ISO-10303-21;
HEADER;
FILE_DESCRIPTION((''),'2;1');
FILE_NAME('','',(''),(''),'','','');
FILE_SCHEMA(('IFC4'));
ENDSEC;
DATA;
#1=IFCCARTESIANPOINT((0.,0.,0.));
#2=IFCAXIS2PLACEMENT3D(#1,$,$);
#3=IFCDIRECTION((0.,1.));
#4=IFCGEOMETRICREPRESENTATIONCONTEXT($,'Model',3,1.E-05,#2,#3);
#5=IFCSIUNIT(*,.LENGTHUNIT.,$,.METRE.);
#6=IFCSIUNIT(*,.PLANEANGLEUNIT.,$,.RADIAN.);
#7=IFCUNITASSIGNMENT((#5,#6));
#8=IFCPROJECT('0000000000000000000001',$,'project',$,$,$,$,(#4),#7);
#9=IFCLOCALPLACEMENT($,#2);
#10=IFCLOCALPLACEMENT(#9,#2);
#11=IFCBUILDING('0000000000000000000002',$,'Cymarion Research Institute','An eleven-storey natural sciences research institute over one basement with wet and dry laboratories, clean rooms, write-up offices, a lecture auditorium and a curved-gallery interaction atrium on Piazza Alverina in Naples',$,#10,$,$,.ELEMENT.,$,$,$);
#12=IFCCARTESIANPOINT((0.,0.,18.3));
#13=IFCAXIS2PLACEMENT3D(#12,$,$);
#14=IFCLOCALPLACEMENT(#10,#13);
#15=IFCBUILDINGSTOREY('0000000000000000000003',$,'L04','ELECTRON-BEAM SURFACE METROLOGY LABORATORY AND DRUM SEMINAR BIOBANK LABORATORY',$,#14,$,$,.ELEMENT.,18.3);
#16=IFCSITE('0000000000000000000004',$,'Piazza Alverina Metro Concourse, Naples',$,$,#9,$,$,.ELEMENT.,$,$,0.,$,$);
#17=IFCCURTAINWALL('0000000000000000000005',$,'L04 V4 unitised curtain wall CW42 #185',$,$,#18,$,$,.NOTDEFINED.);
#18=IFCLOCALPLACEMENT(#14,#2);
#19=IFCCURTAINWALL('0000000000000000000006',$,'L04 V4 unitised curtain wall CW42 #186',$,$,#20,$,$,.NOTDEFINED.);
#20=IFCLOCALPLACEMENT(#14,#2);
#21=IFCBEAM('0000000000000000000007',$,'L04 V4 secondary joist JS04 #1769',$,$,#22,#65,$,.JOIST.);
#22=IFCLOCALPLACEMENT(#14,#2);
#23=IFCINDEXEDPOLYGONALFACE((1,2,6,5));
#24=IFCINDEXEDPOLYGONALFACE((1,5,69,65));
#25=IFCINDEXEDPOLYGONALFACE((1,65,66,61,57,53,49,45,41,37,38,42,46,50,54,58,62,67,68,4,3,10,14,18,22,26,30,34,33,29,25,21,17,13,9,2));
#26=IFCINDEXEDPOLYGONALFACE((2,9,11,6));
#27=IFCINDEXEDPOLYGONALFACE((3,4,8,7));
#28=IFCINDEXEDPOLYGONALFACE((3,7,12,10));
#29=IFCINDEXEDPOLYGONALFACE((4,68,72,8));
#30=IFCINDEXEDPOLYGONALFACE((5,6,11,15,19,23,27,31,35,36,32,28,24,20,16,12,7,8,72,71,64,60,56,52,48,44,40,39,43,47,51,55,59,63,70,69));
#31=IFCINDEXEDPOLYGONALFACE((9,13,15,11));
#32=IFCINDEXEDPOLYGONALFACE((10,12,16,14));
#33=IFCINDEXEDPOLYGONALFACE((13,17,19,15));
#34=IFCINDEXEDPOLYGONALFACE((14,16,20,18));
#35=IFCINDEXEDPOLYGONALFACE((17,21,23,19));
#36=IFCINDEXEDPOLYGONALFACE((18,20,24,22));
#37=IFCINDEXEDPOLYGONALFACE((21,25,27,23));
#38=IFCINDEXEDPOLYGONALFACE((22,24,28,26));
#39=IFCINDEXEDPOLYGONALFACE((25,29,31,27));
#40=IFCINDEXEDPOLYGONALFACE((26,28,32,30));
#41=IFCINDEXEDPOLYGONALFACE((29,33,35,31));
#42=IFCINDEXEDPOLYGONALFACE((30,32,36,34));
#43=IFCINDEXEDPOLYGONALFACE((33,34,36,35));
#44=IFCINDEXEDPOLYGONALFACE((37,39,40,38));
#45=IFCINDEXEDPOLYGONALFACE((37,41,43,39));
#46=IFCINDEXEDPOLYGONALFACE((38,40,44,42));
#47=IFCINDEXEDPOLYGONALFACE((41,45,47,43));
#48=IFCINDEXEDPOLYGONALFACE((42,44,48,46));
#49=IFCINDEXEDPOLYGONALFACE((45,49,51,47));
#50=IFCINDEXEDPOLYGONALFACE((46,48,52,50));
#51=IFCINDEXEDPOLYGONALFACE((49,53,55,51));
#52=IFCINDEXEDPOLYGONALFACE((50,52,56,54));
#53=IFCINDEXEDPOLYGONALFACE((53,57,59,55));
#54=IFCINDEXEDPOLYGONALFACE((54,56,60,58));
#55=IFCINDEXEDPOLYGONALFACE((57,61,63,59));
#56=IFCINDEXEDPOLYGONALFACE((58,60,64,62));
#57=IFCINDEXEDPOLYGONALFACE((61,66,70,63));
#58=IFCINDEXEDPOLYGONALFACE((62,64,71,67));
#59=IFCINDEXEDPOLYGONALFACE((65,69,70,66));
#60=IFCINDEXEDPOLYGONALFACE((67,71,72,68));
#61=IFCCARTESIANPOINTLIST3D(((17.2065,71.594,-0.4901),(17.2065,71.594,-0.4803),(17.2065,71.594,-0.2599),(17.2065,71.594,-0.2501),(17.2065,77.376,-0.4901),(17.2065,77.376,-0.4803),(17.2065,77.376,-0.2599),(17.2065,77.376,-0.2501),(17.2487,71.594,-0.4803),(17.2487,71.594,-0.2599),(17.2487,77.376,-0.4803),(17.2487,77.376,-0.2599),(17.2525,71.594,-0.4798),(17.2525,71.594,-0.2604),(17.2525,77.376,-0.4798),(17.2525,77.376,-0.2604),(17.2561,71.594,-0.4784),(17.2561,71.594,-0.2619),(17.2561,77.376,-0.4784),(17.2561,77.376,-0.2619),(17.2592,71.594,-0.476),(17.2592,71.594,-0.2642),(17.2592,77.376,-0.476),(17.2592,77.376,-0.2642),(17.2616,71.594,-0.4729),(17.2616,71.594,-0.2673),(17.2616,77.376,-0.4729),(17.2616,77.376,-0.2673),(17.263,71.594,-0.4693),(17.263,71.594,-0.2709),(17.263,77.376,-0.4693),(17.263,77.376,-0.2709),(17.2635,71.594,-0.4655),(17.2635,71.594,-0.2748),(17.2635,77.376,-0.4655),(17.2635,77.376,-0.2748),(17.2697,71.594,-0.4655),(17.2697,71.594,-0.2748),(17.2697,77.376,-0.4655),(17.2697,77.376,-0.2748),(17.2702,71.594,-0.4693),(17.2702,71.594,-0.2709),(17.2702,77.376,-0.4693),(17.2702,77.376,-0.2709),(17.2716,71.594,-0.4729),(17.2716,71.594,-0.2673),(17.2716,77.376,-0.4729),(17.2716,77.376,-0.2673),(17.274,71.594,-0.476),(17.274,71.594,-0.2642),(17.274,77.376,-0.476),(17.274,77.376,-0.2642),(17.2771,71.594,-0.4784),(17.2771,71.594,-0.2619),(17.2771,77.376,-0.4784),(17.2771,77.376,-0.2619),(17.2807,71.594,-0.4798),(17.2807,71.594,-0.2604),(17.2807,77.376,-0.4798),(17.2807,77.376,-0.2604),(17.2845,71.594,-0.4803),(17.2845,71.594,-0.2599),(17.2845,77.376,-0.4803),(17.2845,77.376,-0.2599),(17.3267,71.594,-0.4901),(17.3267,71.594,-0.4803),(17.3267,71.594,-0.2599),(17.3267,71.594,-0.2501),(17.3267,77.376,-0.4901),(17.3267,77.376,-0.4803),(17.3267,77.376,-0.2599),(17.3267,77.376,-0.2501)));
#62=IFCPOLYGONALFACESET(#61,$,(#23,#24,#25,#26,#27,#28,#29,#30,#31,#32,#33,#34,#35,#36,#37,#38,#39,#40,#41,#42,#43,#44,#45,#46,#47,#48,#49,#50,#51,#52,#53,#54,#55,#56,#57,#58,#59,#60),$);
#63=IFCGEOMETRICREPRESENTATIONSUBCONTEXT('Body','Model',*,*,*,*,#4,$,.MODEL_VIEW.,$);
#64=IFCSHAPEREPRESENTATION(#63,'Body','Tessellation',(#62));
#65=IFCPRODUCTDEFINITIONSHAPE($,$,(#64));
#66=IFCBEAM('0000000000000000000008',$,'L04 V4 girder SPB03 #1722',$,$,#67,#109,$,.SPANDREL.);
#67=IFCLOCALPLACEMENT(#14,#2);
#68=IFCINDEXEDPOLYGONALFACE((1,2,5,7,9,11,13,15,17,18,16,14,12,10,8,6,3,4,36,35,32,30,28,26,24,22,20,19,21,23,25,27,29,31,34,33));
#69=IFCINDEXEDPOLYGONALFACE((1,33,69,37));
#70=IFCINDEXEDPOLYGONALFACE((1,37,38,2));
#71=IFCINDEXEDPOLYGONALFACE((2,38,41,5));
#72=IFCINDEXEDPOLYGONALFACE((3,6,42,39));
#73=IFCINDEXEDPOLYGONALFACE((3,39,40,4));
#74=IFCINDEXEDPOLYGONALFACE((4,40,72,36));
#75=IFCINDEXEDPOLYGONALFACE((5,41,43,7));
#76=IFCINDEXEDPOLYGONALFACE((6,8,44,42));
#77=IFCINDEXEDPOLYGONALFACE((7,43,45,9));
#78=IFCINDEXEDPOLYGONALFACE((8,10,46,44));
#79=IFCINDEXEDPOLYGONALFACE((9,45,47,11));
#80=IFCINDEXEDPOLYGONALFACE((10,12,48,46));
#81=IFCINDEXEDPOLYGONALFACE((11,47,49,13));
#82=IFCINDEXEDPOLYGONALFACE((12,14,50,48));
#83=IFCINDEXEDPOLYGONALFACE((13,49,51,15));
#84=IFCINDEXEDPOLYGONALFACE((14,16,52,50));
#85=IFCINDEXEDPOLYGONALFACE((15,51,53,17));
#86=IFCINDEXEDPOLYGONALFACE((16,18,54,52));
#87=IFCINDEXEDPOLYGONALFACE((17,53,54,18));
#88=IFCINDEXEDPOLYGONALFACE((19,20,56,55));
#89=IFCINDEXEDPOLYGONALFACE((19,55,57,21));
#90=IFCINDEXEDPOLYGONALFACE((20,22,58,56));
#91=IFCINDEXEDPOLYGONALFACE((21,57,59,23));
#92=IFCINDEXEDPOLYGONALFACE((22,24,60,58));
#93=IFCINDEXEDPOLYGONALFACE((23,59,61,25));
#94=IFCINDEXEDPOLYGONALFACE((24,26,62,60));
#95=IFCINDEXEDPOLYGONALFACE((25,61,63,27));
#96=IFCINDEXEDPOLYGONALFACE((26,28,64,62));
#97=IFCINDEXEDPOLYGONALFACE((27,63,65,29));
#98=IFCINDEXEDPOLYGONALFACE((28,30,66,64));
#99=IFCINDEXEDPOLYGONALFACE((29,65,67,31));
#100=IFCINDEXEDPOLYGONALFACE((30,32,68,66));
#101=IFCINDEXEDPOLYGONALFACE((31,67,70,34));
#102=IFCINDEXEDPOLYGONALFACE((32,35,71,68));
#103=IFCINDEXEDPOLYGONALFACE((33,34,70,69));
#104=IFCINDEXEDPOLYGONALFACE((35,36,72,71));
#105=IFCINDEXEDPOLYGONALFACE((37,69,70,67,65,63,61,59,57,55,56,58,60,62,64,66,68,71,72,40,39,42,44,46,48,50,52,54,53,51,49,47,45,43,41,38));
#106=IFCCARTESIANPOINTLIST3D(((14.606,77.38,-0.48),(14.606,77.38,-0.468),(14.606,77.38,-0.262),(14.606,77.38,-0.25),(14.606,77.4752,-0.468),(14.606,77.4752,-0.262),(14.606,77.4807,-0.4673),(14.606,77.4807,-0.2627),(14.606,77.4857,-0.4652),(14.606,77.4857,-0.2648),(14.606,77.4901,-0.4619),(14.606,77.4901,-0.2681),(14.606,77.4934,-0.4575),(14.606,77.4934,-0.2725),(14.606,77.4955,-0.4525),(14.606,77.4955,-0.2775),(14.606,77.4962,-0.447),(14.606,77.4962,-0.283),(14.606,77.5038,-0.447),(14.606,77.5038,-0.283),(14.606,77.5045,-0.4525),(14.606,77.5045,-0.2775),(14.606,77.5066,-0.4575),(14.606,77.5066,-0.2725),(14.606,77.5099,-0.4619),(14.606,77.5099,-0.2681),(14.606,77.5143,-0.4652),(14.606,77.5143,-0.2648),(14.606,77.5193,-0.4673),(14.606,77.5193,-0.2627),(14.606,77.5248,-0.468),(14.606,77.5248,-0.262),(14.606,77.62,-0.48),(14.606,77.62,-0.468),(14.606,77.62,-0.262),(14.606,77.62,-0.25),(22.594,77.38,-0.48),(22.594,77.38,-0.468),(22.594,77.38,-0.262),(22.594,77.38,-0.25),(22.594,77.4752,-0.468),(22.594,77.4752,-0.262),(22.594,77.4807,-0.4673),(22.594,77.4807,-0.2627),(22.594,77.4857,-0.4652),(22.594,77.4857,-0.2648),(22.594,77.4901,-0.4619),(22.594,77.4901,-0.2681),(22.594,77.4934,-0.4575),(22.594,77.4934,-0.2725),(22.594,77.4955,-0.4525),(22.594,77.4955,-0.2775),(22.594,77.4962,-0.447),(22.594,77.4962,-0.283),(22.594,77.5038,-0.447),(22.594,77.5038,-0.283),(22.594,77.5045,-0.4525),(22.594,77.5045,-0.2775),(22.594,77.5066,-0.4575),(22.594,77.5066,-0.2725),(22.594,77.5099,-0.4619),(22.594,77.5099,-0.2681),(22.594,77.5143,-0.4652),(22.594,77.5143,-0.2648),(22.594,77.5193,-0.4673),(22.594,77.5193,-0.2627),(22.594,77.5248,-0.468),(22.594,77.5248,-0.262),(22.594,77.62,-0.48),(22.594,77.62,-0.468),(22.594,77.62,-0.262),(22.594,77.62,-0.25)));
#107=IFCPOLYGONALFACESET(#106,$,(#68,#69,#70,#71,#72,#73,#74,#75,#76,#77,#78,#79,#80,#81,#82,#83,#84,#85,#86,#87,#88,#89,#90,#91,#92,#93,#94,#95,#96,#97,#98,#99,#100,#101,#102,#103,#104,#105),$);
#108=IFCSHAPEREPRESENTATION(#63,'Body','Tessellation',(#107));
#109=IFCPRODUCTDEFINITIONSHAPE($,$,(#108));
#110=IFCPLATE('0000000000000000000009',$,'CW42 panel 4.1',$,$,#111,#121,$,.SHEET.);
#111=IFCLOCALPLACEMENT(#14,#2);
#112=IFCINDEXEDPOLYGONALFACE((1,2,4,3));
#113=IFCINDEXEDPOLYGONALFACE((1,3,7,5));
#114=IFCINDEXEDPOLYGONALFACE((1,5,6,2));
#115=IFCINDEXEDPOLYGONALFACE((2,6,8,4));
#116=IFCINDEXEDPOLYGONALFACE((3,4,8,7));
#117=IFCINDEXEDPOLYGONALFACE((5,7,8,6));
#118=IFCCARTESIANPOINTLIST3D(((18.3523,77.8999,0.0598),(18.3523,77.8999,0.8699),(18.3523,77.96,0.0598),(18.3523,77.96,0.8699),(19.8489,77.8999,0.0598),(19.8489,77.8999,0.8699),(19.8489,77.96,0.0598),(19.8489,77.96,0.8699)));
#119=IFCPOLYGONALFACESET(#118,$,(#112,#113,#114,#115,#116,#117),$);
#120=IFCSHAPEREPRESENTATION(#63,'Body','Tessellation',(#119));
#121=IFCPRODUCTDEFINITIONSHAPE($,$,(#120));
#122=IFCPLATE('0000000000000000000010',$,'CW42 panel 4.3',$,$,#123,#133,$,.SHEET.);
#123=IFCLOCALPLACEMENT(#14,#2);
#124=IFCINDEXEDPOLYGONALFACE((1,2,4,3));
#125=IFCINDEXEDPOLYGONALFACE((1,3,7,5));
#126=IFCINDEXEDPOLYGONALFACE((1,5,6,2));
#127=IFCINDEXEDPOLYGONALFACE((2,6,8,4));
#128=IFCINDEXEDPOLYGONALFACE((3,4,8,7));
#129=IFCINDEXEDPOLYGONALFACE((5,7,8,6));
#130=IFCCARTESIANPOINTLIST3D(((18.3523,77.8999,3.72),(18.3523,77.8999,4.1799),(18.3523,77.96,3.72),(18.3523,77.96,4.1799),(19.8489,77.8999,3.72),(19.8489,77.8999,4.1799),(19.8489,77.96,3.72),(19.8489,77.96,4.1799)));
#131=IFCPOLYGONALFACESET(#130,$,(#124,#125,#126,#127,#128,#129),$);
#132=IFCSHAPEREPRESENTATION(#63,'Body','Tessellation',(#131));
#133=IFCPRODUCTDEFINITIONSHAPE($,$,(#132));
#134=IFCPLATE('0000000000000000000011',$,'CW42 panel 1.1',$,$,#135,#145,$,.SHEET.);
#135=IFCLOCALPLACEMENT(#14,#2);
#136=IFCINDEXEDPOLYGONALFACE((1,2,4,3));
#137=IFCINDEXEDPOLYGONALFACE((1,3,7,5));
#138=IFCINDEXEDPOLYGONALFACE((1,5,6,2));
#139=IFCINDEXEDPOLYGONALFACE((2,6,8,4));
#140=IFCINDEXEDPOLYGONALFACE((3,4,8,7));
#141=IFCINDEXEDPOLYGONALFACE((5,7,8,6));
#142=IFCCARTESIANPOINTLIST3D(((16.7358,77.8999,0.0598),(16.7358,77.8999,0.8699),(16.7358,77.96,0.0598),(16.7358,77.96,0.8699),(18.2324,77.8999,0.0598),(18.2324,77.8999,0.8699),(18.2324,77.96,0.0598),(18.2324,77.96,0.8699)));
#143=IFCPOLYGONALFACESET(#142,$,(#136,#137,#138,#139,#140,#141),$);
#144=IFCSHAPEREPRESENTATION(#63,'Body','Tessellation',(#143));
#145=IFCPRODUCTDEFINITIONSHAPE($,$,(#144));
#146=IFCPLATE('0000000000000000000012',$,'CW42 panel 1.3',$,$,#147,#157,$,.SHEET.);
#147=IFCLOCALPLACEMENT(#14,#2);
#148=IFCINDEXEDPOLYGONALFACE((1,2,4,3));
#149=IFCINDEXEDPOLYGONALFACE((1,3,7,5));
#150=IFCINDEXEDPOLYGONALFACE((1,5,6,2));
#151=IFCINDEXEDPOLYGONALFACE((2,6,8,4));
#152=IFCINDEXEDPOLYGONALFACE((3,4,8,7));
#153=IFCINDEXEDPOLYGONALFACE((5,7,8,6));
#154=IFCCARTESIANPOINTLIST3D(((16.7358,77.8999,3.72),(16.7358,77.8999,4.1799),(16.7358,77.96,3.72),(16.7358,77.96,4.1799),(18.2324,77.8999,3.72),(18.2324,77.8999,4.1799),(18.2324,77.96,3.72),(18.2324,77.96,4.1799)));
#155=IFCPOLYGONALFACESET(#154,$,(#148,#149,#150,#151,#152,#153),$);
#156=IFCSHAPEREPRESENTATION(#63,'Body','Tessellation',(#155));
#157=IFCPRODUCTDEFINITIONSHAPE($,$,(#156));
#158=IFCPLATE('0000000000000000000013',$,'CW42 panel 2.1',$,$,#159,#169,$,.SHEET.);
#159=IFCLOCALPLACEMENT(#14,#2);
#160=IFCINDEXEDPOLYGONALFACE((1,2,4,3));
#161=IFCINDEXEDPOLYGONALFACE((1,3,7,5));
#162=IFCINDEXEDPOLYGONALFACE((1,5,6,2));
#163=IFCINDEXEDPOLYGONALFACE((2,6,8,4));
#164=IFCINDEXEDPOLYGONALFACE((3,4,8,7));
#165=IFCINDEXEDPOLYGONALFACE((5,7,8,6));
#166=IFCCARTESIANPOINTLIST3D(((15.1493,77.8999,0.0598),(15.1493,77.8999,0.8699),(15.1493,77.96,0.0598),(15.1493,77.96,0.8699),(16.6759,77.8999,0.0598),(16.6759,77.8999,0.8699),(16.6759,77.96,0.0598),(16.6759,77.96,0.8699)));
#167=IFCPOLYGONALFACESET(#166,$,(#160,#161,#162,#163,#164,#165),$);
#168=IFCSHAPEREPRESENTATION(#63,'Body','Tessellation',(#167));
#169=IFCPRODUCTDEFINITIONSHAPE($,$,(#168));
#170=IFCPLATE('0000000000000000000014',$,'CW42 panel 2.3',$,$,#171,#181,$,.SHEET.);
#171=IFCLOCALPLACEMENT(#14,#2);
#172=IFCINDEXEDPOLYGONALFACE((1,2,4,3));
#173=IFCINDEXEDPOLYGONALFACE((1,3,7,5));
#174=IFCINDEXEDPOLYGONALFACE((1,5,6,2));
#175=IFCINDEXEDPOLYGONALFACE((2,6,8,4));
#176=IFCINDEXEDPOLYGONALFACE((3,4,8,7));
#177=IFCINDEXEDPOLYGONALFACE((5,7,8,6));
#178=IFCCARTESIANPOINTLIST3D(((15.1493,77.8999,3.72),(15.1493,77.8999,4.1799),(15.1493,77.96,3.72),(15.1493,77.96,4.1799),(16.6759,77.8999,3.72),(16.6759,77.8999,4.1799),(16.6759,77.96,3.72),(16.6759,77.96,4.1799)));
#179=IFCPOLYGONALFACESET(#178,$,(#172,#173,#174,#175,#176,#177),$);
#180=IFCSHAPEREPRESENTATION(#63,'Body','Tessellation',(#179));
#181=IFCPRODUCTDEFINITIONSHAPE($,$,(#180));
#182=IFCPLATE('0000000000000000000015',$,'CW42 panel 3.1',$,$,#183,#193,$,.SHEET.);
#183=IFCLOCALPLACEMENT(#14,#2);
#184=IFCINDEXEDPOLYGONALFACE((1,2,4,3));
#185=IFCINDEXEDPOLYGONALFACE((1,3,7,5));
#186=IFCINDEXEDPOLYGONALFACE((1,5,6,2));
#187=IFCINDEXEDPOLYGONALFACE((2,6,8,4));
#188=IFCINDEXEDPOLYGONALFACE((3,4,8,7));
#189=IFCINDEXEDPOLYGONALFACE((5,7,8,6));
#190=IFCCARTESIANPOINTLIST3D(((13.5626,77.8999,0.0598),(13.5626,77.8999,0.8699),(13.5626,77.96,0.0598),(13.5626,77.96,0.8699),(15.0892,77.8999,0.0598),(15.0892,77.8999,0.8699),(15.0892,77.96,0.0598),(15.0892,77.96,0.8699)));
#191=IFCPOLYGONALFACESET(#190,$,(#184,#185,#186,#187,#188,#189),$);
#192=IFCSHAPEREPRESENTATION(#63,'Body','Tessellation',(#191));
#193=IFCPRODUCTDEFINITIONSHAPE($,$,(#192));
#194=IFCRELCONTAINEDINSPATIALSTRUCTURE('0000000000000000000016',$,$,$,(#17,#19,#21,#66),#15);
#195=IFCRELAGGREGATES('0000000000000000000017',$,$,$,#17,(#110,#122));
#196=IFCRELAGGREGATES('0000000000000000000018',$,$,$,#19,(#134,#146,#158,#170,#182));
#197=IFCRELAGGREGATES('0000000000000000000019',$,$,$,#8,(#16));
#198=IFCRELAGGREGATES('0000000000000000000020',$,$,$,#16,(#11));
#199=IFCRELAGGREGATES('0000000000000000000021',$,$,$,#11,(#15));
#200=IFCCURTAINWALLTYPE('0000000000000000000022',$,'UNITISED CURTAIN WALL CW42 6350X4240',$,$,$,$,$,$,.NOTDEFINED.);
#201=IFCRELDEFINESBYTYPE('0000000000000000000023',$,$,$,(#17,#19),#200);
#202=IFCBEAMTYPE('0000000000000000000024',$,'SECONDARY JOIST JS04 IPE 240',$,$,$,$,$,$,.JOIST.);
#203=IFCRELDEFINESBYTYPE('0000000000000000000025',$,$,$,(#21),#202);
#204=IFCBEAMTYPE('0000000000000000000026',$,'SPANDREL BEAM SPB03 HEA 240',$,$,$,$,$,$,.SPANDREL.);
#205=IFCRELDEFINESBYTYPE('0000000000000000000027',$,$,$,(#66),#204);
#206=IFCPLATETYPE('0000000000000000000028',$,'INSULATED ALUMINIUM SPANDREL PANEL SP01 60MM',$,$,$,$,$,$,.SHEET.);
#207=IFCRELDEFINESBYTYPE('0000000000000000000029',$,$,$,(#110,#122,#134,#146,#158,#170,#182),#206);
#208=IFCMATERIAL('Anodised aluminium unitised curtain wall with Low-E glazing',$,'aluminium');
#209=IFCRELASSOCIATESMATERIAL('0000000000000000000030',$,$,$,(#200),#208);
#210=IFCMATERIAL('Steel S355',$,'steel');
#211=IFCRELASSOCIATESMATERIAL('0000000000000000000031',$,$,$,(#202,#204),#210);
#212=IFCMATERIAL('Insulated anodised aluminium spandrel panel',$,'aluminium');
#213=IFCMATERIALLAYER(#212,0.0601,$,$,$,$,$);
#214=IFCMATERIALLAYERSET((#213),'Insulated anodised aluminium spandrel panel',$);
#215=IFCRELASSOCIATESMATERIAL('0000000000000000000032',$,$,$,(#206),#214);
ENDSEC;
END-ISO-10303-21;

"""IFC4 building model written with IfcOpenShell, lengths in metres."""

from ifc_helpers import new_model, si_unit, direction, frame, origin, origin_2d, place, context, subcontext, project, spatial, rectangle, i_section, extrude, material, layer, layer_set, material_profile, profile_set, type_object, element, aggregate, save


model = new_model("IFC4")

# Units and contexts
model_context = context("Model", 3, precision=1e-05, world=origin(), true_north=direction((0.0, 1.0)))
body_context = subcontext(model_context, "Body", "Model", "MODEL_VIEW")
ifc_project = project(units=[si_unit("LENGTHUNIT", "METRE"), si_unit("PLANEANGLEUNIT", "RADIAN")], contexts=[model_context])

# Site, building, storey
site_placement = place(None, origin())
site = spatial("IfcSite", under=ifc_project, at=site_placement, Name="Piazza Alverina Metro Concourse, Naples", CompositionType="ELEMENT", RefElevation=0.0)
building_placement = place(site_placement, origin())
building = spatial("IfcBuilding", under=site, at=building_placement, Name="Cymarion Research Institute", Description="An eleven-storey natural sciences research institute over one basement with wet and dry laboratories, clean rooms, write-up offices, a lecture auditorium and a curved-gallery interaction atrium on Piazza Alverina in Naples", CompositionType="ELEMENT")
storey_placement = place(building_placement, frame((0.0, 0.0, 18.3)))
storey = spatial("IfcBuildingStorey", under=building, at=storey_placement, Name="L04", Description="ELECTRON-BEAM SURFACE METROLOGY LABORATORY AND DRUM SEMINAR BIOBANK LABORATORY", CompositionType="ELEMENT", Elevation=18.3)

# Curtain wall
ifc_material_1 = material(Name="Anodised aluminium unitised curtain wall with Low-E glazing", Category="aluminium")
curtain_wall_type = type_object("IfcCurtainWallType", Name="UNITISED CURTAIN WALL CW42 6350X4240", PredefinedType="NOTDEFINED", material=ifc_material_1)
curtain_wall_1_placement = place(storey_placement, origin())
curtain_wall_1 = element("IfcCurtainWall", 1, at=curtain_wall_1_placement, inside=storey, type_object=curtain_wall_type, Name="L04 V4 unitised curtain wall CW42 #185", PredefinedType="NOTDEFINED")

# Curtain wall
curtain_wall_2_placement = place(storey_placement, origin())
curtain_wall_2 = element("IfcCurtainWall", 2, at=curtain_wall_2_placement, inside=storey, type_object=curtain_wall_type, Name="L04 V4 unitised curtain wall CW42 #186", PredefinedType="NOTDEFINED")

# Beams
ifc_material_2 = material(Name="Steel S355", Category="steel")
ifc_material_profile_1 = material_profile(ifc_material_2, i_section(OverallWidth=0.1201, OverallDepth=0.24, WebThickness=0.0061, FlangeThickness=0.0098, FilletRadius=0.0149, at=origin_2d()), Name="IPE 240")
ifc_profile_set_1 = profile_set([ifc_material_profile_1], Name="Steel S355")
beam_type_1 = type_object("IfcBeamType", Name="SECONDARY JOIST JS04 IPE 240", PredefinedType="JOIST", material=ifc_profile_set_1)
beam_1_placement = place(storey_placement, frame((17.2666, 71.594, -0.3701), z_axis=(0.0, 1.0, 0.0), x_axis=(-1.0, 0.0, 0.0)))
element("IfcBeam", 3, at=beam_1_placement, inside=storey, type_object=beam_type_1, Name="L04 V4 secondary joist JS04 #1769", PredefinedType="JOIST", context=body_context, shape_type="SweptSolid", body=[
    extrude(i_section(OverallWidth=0.1201, OverallDepth=0.24, WebThickness=0.0061, FlangeThickness=0.0098, FilletRadius=0.0149, at=origin_2d()), origin(), (0.0, 0.0, 1.0), 5.782),
])
ifc_material_profile_2 = material_profile(ifc_material_2, i_section(OverallWidth=0.24, OverallDepth=0.23, WebThickness=0.0076, FlangeThickness=0.012, FilletRadius=0.021, at=origin_2d()), Name="HEA 240")
ifc_profile_set_2 = profile_set([ifc_material_profile_2], Name="Steel S355")
beam_type_2 = type_object("IfcBeamType", Name="SPANDREL BEAM SPB03 HEA 240", PredefinedType="SPANDREL", material=ifc_profile_set_2)
beam_2_placement = place(storey_placement, frame((14.606, 77.5, -0.365), z_axis=(1.0, 0.0, 0.0), x_axis=(0.0, 1.0, 0.0)))
element("IfcBeam", 4, at=beam_2_placement, inside=storey, type_object=beam_type_2, Name="L04 V4 girder SPB03 #1722", PredefinedType="SPANDREL", context=body_context, shape_type="SweptSolid", body=[
    extrude(i_section(OverallWidth=0.24, OverallDepth=0.23, WebThickness=0.0076, FlangeThickness=0.012, FilletRadius=0.021, at=origin_2d()), origin(), (0.0, 0.0, 1.0), 7.988),
])

# Plates
ifc_material_3 = material(Name="Insulated anodised aluminium spandrel panel", Category="aluminium")
ifc_layer_1 = layer(ifc_material_3, 0.0601)
ifc_layer_set_1 = layer_set([ifc_layer_1], Name="Insulated anodised aluminium spandrel panel")
plate_type_1 = type_object("IfcPlateType", Name="INSULATED ALUMINIUM SPANDREL PANEL SP01 60MM", PredefinedType="SHEET", material=ifc_layer_set_1)
plate_1_placement = place(storey_placement, frame((19.1006, 77.9299, 0.0598), z_axis=(0.0, 0.0, 1.0), x_axis=(-1.0, 0.0, 0.0)))
plate_1 = element("IfcPlate", 5, at=plate_1_placement, type_object=plate_type_1, Name="CW42 panel 4.1", PredefinedType="SHEET", context=body_context, shape_type="SweptSolid", body=[
    extrude(rectangle(XDim=1.4966, YDim=0.0601, at=origin_2d()), origin(), (0.0, 0.0, 1.0), 0.8101),
])
plate_2_placement = place(storey_placement, frame((19.1006, 77.9299, 3.72), z_axis=(0.0, 0.0, 1.0), x_axis=(-1.0, 0.0, 0.0)))
plate_2 = element("IfcPlate", 6, at=plate_2_placement, type_object=plate_type_1, Name="CW42 panel 4.3", PredefinedType="SHEET", context=body_context, shape_type="SweptSolid", body=[
    extrude(rectangle(XDim=1.4966, YDim=0.0601, at=origin_2d()), origin(), (0.0, 0.0, 1.0), 0.46),
])
plate_3_placement = place(storey_placement, frame((17.4841, 77.9299, 0.0598), z_axis=(0.0, 0.0, 1.0), x_axis=(-1.0, 0.0, 0.0)))
plate_3 = element("IfcPlate", 7, at=plate_3_placement, type_object=plate_type_1, Name="CW42 panel 1.1", PredefinedType="SHEET", context=body_context, shape_type="SweptSolid", body=[
    extrude(rectangle(XDim=1.4966, YDim=0.0601, at=origin_2d()), origin(), (0.0, 0.0, 1.0), 0.8101),
])
plate_4_placement = place(storey_placement, frame((17.4841, 77.9299, 3.72), z_axis=(0.0, 0.0, 1.0), x_axis=(-1.0, 0.0, 0.0)))
plate_4 = element("IfcPlate", 8, at=plate_4_placement, type_object=plate_type_1, Name="CW42 panel 1.3", PredefinedType="SHEET", context=body_context, shape_type="SweptSolid", body=[
    extrude(rectangle(XDim=1.4966, YDim=0.0601, at=origin_2d()), origin(), (0.0, 0.0, 1.0), 0.46),
])
plate_5_placement = place(storey_placement, frame((15.9126, 77.9299, 0.0598), z_axis=(0.0, 0.0, 1.0), x_axis=(-1.0, 0.0, 0.0)))
plate_5 = element("IfcPlate", 9, at=plate_5_placement, type_object=plate_type_1, Name="CW42 panel 2.1", PredefinedType="SHEET", context=body_context, shape_type="SweptSolid", body=[
    extrude(rectangle(XDim=1.5266, YDim=0.0601, at=origin_2d()), origin(), (0.0, 0.0, 1.0), 0.8101),
])
plate_6_placement = place(storey_placement, frame((15.9126, 77.9299, 3.72), z_axis=(0.0, 0.0, 1.0), x_axis=(-1.0, 0.0, 0.0)))
plate_6 = element("IfcPlate", 10, at=plate_6_placement, type_object=plate_type_1, Name="CW42 panel 2.3", PredefinedType="SHEET", context=body_context, shape_type="SweptSolid", body=[
    extrude(rectangle(XDim=1.5266, YDim=0.0601, at=origin_2d()), origin(), (0.0, 0.0, 1.0), 0.46),
])
plate_7_placement = place(storey_placement, frame((14.3259, 77.9299, 0.0598), z_axis=(0.0, 0.0, 1.0), x_axis=(-1.0, 0.0, 0.0)))
plate_7 = element("IfcPlate", 11, at=plate_7_placement, type_object=plate_type_1, Name="CW42 panel 3.1", PredefinedType="SHEET", context=body_context, shape_type="SweptSolid", body=[
    extrude(rectangle(XDim=1.5266, YDim=0.0601, at=origin_2d()), origin(), (0.0, 0.0, 1.0), 0.8101),
])
aggregate(curtain_wall_1, [plate_1, plate_2])
aggregate(curtain_wall_2, [plate_3, plate_4, plate_5, plate_6, plate_7])

save(model, "model.ifc")
